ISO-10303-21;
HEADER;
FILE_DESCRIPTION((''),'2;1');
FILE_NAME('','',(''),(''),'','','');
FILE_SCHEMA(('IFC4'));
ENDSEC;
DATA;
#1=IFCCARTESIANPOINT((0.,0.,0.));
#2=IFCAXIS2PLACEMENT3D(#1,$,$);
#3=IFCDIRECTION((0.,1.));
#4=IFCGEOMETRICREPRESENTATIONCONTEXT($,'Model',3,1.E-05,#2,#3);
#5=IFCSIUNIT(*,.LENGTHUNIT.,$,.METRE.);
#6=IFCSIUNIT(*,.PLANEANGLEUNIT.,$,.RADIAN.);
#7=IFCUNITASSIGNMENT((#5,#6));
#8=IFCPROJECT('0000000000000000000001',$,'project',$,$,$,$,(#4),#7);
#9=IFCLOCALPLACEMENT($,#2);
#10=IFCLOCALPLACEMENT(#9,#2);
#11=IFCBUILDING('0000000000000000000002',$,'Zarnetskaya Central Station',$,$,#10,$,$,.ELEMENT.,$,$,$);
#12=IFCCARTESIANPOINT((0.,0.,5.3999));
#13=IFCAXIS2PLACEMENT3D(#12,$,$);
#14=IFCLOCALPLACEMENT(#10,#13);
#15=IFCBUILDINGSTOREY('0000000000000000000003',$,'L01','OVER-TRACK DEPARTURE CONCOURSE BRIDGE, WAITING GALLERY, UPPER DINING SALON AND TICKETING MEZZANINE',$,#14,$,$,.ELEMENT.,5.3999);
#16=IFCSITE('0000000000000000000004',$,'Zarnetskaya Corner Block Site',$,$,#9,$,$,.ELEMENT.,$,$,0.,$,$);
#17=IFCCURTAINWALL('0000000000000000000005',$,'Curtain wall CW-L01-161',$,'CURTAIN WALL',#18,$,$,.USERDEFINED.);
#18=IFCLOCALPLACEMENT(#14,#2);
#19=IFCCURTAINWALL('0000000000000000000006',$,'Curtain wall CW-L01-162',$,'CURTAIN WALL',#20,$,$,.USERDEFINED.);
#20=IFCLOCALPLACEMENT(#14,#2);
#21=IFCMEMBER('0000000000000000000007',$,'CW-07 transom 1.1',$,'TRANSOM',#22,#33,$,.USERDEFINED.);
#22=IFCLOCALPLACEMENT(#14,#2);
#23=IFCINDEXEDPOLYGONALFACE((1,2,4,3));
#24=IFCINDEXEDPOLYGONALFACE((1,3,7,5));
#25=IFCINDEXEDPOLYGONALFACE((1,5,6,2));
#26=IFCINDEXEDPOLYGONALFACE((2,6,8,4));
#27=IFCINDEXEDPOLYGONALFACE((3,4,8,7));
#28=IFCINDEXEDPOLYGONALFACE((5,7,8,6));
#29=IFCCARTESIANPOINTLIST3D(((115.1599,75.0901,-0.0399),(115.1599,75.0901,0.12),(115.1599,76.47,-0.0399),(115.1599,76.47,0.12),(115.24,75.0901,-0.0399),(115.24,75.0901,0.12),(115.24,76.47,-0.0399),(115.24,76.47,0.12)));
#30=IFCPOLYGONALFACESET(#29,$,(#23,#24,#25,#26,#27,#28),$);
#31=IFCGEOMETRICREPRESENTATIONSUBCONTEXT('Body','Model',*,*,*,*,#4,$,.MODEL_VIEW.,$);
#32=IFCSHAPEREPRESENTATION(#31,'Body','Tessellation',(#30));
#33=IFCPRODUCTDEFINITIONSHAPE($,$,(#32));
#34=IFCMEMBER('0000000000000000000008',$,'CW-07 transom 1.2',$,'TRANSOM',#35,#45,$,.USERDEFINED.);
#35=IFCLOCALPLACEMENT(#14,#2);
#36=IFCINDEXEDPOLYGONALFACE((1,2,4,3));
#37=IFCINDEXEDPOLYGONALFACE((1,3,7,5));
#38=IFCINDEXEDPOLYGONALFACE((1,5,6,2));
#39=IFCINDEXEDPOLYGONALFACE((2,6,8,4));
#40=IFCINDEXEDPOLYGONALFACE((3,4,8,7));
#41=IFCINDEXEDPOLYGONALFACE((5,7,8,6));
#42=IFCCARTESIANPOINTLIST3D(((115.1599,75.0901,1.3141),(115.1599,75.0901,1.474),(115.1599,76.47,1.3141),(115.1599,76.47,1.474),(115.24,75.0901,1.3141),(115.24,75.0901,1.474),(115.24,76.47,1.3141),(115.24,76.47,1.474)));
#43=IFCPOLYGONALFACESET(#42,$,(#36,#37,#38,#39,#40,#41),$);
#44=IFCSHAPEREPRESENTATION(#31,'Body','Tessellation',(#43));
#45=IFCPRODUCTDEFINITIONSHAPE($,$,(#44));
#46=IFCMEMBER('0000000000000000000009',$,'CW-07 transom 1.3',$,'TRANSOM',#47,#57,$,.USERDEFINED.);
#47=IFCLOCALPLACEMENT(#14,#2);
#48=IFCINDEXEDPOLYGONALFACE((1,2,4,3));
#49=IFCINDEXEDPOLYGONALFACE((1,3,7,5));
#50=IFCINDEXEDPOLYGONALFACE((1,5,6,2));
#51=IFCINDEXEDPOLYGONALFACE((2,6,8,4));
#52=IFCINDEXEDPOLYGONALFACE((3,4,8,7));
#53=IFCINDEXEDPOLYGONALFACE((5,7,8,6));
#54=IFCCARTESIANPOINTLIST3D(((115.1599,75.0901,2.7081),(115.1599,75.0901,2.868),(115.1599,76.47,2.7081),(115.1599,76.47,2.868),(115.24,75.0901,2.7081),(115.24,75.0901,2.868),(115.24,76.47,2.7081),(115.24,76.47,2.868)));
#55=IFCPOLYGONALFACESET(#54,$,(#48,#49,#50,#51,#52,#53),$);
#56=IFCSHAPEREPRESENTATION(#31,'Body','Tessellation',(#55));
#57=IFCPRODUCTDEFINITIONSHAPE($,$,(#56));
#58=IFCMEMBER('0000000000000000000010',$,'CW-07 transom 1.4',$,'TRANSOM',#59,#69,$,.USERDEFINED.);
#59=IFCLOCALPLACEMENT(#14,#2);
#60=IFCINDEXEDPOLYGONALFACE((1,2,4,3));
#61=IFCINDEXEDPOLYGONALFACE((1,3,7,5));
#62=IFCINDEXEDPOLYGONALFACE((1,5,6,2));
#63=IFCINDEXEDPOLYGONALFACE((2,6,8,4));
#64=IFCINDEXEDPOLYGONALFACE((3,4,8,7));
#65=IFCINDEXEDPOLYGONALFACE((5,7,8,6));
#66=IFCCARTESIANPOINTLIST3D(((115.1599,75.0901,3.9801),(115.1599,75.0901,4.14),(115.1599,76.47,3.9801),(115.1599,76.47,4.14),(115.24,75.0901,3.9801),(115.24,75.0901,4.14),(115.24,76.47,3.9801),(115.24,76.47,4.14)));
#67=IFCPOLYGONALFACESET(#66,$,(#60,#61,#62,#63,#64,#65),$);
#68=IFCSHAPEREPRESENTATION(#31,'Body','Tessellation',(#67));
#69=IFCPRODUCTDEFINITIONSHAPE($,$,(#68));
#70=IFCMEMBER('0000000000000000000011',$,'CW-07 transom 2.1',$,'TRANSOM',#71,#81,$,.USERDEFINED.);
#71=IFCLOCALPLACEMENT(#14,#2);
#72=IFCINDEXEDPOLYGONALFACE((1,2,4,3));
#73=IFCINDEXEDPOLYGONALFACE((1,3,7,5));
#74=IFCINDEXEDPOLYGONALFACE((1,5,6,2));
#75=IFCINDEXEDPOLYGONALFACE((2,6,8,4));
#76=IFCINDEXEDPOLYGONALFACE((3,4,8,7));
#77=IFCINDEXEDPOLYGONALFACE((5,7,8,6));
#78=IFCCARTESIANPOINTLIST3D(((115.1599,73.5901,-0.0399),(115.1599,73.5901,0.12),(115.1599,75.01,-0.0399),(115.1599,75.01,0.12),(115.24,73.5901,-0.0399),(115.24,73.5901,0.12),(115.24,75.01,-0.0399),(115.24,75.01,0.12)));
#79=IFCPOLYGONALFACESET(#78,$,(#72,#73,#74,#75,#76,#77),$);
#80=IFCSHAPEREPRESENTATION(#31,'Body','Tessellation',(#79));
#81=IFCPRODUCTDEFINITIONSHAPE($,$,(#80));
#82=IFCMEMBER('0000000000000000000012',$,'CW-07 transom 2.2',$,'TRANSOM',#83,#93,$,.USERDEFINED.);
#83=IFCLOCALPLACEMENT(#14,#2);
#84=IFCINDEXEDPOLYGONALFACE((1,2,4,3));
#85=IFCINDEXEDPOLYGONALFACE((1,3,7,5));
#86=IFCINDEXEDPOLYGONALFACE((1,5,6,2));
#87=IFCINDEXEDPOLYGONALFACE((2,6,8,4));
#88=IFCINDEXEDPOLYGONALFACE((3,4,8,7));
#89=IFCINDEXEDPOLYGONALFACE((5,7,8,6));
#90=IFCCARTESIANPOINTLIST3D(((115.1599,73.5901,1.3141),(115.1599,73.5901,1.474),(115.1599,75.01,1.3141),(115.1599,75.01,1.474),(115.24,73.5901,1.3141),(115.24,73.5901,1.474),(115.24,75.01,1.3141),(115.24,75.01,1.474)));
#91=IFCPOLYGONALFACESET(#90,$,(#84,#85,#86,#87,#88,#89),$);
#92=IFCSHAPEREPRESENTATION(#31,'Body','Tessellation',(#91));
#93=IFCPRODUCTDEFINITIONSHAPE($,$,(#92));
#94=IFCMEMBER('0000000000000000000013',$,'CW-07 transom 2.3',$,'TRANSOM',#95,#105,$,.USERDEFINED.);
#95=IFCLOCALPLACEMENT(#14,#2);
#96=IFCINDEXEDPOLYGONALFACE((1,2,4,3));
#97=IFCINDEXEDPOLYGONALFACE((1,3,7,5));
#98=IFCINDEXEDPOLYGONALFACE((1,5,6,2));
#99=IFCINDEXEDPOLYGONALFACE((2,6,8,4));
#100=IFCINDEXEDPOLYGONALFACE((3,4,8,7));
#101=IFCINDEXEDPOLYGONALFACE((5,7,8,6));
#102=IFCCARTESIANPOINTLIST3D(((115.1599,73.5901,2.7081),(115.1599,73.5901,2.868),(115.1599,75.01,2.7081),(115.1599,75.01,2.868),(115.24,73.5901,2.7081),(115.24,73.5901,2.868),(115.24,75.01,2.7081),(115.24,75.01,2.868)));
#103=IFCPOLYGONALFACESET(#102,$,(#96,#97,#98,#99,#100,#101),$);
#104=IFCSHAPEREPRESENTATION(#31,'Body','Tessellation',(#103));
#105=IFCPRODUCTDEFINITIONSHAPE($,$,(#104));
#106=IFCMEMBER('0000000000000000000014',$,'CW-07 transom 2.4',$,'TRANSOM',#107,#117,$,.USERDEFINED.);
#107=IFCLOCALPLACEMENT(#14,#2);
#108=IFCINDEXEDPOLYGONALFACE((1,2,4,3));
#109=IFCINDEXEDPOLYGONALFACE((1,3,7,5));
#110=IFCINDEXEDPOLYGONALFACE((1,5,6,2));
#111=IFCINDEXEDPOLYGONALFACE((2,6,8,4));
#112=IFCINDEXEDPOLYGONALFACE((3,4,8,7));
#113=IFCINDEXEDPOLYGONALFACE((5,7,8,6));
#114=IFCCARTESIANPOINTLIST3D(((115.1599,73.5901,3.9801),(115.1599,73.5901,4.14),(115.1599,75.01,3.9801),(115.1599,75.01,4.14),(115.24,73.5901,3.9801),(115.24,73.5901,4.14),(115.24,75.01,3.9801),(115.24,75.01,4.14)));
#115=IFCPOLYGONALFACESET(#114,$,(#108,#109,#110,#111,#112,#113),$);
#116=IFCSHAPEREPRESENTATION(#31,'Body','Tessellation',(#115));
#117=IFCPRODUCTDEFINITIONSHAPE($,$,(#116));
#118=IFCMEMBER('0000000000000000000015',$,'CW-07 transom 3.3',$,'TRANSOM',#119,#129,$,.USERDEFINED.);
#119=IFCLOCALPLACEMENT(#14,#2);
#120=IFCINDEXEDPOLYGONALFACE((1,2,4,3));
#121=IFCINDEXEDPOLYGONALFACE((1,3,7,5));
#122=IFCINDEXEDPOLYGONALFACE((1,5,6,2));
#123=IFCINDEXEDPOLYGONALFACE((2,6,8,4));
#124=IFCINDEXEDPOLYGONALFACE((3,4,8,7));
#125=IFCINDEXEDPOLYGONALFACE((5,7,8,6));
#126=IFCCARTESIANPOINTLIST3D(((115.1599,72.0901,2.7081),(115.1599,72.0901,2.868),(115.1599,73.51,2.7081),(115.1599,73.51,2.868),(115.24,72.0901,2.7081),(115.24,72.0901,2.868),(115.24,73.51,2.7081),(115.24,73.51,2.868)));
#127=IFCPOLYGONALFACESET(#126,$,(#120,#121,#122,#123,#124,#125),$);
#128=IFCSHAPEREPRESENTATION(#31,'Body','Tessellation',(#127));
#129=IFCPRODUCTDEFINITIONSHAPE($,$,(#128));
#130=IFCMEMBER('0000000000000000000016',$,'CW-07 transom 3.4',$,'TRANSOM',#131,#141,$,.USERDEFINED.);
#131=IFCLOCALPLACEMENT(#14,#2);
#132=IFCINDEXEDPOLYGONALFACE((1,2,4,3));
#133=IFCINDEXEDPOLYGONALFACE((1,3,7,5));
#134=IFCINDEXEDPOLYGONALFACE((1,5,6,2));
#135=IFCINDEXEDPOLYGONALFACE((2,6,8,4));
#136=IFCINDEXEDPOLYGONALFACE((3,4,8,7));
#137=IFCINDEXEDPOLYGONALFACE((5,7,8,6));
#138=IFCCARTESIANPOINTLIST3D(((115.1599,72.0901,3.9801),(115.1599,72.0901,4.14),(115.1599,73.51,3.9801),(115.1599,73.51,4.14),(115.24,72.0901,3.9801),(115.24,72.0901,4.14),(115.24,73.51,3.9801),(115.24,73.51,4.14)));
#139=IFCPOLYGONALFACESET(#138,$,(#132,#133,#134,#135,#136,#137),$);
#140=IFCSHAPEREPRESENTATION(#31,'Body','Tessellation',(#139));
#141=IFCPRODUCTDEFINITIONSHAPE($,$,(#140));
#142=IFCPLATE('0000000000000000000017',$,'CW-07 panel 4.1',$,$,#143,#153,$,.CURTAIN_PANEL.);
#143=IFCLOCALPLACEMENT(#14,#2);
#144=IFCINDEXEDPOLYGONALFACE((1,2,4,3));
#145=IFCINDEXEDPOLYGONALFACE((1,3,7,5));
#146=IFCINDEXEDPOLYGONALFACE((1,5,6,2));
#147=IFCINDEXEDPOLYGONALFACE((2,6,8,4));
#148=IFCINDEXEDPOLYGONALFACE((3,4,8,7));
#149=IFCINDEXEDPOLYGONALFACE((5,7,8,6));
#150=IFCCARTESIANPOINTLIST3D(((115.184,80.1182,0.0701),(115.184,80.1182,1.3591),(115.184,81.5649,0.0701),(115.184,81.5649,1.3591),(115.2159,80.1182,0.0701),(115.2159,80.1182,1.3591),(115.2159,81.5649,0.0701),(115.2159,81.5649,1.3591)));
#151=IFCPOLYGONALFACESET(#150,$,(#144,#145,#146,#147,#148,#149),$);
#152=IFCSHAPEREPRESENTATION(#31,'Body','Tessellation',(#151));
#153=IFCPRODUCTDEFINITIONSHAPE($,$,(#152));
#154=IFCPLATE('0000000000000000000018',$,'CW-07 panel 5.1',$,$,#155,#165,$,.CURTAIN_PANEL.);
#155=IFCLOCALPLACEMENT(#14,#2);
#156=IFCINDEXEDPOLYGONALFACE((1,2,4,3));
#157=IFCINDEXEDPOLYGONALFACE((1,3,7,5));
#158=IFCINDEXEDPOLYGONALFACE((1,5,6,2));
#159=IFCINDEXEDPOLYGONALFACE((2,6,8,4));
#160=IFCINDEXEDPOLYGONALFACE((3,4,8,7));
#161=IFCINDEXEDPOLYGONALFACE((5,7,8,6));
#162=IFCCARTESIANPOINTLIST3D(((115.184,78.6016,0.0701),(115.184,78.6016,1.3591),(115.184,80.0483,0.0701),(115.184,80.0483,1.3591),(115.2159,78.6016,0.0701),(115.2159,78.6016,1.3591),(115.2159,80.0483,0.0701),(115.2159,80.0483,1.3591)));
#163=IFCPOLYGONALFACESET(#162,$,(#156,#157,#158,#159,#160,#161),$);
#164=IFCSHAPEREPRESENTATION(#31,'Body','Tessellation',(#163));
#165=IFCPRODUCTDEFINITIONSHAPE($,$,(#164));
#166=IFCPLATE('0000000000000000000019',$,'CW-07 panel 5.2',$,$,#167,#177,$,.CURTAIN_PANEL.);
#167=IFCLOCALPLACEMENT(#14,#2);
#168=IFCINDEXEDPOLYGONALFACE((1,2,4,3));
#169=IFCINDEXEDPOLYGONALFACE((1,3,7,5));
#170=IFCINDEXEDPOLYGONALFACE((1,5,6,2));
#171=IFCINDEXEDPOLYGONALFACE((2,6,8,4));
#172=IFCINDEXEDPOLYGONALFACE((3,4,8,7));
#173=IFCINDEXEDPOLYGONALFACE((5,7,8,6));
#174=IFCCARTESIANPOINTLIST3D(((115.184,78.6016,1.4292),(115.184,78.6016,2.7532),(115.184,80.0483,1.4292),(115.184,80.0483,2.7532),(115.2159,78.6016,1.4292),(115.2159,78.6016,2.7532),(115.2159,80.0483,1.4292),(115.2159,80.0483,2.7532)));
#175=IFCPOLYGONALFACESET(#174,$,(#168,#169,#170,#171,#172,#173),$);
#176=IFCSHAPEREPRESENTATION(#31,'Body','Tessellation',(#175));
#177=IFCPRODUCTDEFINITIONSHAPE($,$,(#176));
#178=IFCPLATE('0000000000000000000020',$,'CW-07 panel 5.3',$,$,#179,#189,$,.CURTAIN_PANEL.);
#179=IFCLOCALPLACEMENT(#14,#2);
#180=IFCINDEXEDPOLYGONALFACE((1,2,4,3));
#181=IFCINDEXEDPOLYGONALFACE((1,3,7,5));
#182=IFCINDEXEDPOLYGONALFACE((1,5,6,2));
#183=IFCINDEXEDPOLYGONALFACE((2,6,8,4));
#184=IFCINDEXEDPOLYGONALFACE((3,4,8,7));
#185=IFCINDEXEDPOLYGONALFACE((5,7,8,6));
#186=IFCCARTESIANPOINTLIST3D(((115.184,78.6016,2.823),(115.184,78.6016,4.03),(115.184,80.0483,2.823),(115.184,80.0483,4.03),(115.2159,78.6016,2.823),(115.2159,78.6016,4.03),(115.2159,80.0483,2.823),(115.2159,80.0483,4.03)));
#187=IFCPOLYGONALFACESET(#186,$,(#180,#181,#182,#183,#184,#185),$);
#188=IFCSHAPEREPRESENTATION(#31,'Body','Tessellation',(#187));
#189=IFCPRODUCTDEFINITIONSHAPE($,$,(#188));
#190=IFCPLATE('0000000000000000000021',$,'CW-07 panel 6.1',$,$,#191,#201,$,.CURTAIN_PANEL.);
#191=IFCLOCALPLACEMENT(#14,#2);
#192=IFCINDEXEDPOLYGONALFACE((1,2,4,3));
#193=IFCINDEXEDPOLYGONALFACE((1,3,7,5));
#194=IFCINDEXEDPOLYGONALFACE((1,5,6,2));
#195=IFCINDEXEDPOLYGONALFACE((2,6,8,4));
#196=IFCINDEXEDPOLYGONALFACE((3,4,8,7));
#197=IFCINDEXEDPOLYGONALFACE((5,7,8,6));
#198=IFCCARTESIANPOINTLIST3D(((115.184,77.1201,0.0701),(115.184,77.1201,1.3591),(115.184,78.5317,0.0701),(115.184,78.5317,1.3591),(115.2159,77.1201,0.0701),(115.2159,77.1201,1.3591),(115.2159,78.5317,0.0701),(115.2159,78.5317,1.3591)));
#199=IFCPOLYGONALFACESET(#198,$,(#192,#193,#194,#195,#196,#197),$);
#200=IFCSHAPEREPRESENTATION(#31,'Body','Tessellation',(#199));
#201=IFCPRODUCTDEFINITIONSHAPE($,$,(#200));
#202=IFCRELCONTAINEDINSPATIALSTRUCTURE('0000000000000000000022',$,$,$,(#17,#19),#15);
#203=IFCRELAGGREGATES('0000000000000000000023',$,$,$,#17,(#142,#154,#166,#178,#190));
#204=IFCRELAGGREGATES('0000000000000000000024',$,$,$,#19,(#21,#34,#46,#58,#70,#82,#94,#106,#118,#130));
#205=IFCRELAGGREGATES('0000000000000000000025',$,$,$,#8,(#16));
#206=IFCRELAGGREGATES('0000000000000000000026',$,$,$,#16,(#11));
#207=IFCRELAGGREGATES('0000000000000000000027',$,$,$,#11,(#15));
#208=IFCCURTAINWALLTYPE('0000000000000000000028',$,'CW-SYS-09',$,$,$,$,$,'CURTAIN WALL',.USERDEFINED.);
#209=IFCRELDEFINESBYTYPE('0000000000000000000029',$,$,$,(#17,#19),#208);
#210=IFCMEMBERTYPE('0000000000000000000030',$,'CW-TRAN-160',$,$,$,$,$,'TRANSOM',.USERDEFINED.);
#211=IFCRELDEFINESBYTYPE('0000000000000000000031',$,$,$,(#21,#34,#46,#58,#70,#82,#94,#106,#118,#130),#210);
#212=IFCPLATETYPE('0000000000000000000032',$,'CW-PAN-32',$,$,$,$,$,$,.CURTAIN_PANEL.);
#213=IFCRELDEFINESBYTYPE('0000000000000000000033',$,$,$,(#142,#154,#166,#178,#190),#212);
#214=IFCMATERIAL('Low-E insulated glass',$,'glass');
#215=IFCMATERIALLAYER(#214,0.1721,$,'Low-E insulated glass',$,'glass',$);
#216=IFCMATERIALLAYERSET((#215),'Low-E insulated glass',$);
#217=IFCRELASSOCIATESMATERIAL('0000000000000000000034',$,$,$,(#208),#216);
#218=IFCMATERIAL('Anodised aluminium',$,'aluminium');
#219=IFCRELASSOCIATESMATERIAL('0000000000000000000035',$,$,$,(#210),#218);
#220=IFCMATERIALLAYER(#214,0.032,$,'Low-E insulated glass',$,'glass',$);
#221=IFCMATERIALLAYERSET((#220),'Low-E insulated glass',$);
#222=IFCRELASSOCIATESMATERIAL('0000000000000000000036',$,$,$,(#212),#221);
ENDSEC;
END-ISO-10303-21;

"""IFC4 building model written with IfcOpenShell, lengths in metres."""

from ifc_helpers import new_model, si_unit, direction, frame, origin, origin_2d, place, context, subcontext, project, spatial, rectangle, extrude, material, layer, layer_set, material_profile, profile_set, type_object, element, aggregate, save


model = new_model("IFC4")

# Units and contexts
model_context = context("Model", 3, precision=1e-05, world=origin(), true_north=direction((0.0, 1.0)))
body_context = subcontext(model_context, "Body", "Model", "MODEL_VIEW")
ifc_project = project(units=[si_unit("LENGTHUNIT", "METRE"), si_unit("PLANEANGLEUNIT", "RADIAN")], contexts=[model_context])

# Site, building, storey
site_placement = place(None, origin())
site = spatial("IfcSite", under=ifc_project, at=site_placement, Name="Zarnetskaya Corner Block Site", CompositionType="ELEMENT", RefElevation=0.0)
building_placement = place(site_placement, origin())
building = spatial("IfcBuilding", under=site, at=building_placement, Name="Zarnetskaya Central Station", CompositionType="ELEMENT")
storey_placement = place(building_placement, frame((0.0, 0.0, 5.3999)))
storey = spatial("IfcBuildingStorey", under=building, at=storey_placement, Name="L01", Description="OVER-TRACK DEPARTURE CONCOURSE BRIDGE, WAITING GALLERY, UPPER DINING SALON AND TICKETING MEZZANINE", CompositionType="ELEMENT", Elevation=5.3999)

# Curtain walls
ifc_material_1 = material(Name="Low-E insulated glass", Category="glass")
ifc_layer_1 = layer(ifc_material_1, 0.1721, Name="Low-E insulated glass", Category="glass")
ifc_layer_set_1 = layer_set([ifc_layer_1], Name="Low-E insulated glass")
curtain_wall_type = type_object("IfcCurtainWallType", Name="CW-SYS-09", ElementType="CURTAIN WALL", PredefinedType="USERDEFINED", material=ifc_layer_set_1)
curtain_wall_1_placement = place(storey_placement, origin())
curtain_wall_1 = element("IfcCurtainWall", 1, at=curtain_wall_1_placement, inside=storey, type_object=curtain_wall_type, Name="Curtain wall CW-L01-161", ObjectType="CURTAIN WALL", PredefinedType="USERDEFINED")
ifc_material_2 = material(Name="Anodised aluminium", Category="aluminium")
curtain_wall_2_placement = place(storey_placement, origin())
curtain_wall_2 = element("IfcCurtainWall", 2, at=curtain_wall_2_placement, inside=storey, type_object=curtain_wall_type, Name="Curtain wall CW-L01-162", ObjectType="CURTAIN WALL", PredefinedType="USERDEFINED")

# Members
ifc_material_profile_1 = material_profile(ifc_material_2, rectangle(XDim=0.0801, YDim=0.1599, at=origin_2d()), Name="ALU TRAN 80x160")
ifc_profile_set_1 = profile_set([ifc_material_profile_1], Name="Anodised aluminium")
member_type_1 = type_object("IfcMemberType", Name="CW-TRAN-160", ElementType="TRANSOM", PredefinedType="USERDEFINED", material=ifc_profile_set_1)
member_1_placement = place(storey_placement, frame((115.2, 76.47, 0.04), z_axis=(0.0, -1.0, 0.0), x_axis=(1.0, 0.0, 0.0)))
member_1 = element("IfcMember", 3, at=member_1_placement, type_object=member_type_1, Name="CW-07 transom 1.1", ObjectType="TRANSOM", PredefinedType="USERDEFINED", context=body_context, shape_type="SweptSolid", body=[
    extrude(rectangle(XDim=0.0801, YDim=0.1599, at=origin_2d()), origin(), (0.0, 0.0, 1.0), 1.3799),
])
member_2_placement = place(storey_placement, frame((115.2, 76.47, 1.394), z_axis=(0.0, -1.0, 0.0), x_axis=(1.0, 0.0, 0.0)))
member_2 = element("IfcMember", 4, at=member_2_placement, type_object=member_type_1, Name="CW-07 transom 1.2", ObjectType="TRANSOM", PredefinedType="USERDEFINED", context=body_context, shape_type="SweptSolid", body=[
    extrude(rectangle(XDim=0.0801, YDim=0.1599, at=origin_2d()), origin(), (0.0, 0.0, 1.0), 1.3799),
])
member_3_placement = place(storey_placement, frame((115.2, 76.47, 2.7881), z_axis=(0.0, -1.0, 0.0), x_axis=(1.0, 0.0, 0.0)))
member_3 = element("IfcMember", 5, at=member_3_placement, type_object=member_type_1, Name="CW-07 transom 1.3", ObjectType="TRANSOM", PredefinedType="USERDEFINED", context=body_context, shape_type="SweptSolid", body=[
    extrude(rectangle(XDim=0.0801, YDim=0.1599, at=origin_2d()), origin(), (0.0, 0.0, 1.0), 1.3799),
])
member_4_placement = place(storey_placement, frame((115.2, 76.47, 4.0601), z_axis=(0.0, -1.0, 0.0), x_axis=(1.0, 0.0, 0.0)))
member_4 = element("IfcMember", 6, at=member_4_placement, type_object=member_type_1, Name="CW-07 transom 1.4", ObjectType="TRANSOM", PredefinedType="USERDEFINED", context=body_context, shape_type="SweptSolid", body=[
    extrude(rectangle(XDim=0.0801, YDim=0.1599, at=origin_2d()), origin(), (0.0, 0.0, 1.0), 1.3799),
])
member_5_placement = place(storey_placement, frame((115.2, 75.01, 0.04), z_axis=(0.0, -1.0, 0.0), x_axis=(1.0, 0.0, 0.0)))
member_5 = element("IfcMember", 7, at=member_5_placement, type_object=member_type_1, Name="CW-07 transom 2.1", ObjectType="TRANSOM", PredefinedType="USERDEFINED", context=body_context, shape_type="SweptSolid", body=[
    extrude(rectangle(XDim=0.0801, YDim=0.1599, at=origin_2d()), origin(), (0.0, 0.0, 1.0), 1.4199),
])
member_6_placement = place(storey_placement, frame((115.2, 75.01, 1.394), z_axis=(0.0, -1.0, 0.0), x_axis=(1.0, 0.0, 0.0)))
member_6 = element("IfcMember", 8, at=member_6_placement, type_object=member_type_1, Name="CW-07 transom 2.2", ObjectType="TRANSOM", PredefinedType="USERDEFINED", context=body_context, shape_type="SweptSolid", body=[
    extrude(rectangle(XDim=0.0801, YDim=0.1599, at=origin_2d()), origin(), (0.0, 0.0, 1.0), 1.4199),
])
member_7_placement = place(storey_placement, frame((115.2, 75.01, 2.7881), z_axis=(0.0, -1.0, 0.0), x_axis=(1.0, 0.0, 0.0)))
member_7 = element("IfcMember", 9, at=member_7_placement, type_object=member_type_1, Name="CW-07 transom 2.3", ObjectType="TRANSOM", PredefinedType="USERDEFINED", context=body_context, shape_type="SweptSolid", body=[
    extrude(rectangle(XDim=0.0801, YDim=0.1599, at=origin_2d()), origin(), (0.0, 0.0, 1.0), 1.4199),
])
member_8_placement = place(storey_placement, frame((115.2, 75.01, 4.0601), z_axis=(0.0, -1.0, 0.0), x_axis=(1.0, 0.0, 0.0)))
member_8 = element("IfcMember", 10, at=member_8_placement, type_object=member_type_1, Name="CW-07 transom 2.4", ObjectType="TRANSOM", PredefinedType="USERDEFINED", context=body_context, shape_type="SweptSolid", body=[
    extrude(rectangle(XDim=0.0801, YDim=0.1599, at=origin_2d()), origin(), (0.0, 0.0, 1.0), 1.4199),
])
member_9_placement = place(storey_placement, frame((115.2, 73.51, 2.7881), z_axis=(0.0, -1.0, 0.0), x_axis=(1.0, 0.0, 0.0)))
member_9 = element("IfcMember", 11, at=member_9_placement, type_object=member_type_1, Name="CW-07 transom 3.3", ObjectType="TRANSOM", PredefinedType="USERDEFINED", context=body_context, shape_type="SweptSolid", body=[
    extrude(rectangle(XDim=0.0801, YDim=0.1599, at=origin_2d()), origin(), (0.0, 0.0, 1.0), 1.4199),
])
member_10_placement = place(storey_placement, frame((115.2, 73.51, 4.0601), z_axis=(0.0, -1.0, 0.0), x_axis=(1.0, 0.0, 0.0)))
member_10 = element("IfcMember", 12, at=member_10_placement, type_object=member_type_1, Name="CW-07 transom 3.4", ObjectType="TRANSOM", PredefinedType="USERDEFINED", context=body_context, shape_type="SweptSolid", body=[
    extrude(rectangle(XDim=0.0801, YDim=0.1599, at=origin_2d()), origin(), (0.0, 0.0, 1.0), 1.4199),
])

# Plates
ifc_layer_2 = layer(ifc_material_1, 0.032, Name="Low-E insulated glass", Category="glass")
ifc_layer_set_2 = layer_set([ifc_layer_2], Name="Low-E insulated glass")
plate_type_1 = type_object("IfcPlateType", Name="CW-PAN-32", PredefinedType="CURTAIN_PANEL", material=ifc_layer_set_2)
plate_1_placement = place(storey_placement, frame((115.2, 80.8416, 0.0701), z_axis=(0.0, 0.0, 1.0), x_axis=(0.0, -1.0, 0.0)))
plate_1 = element("IfcPlate", 13, at=plate_1_placement, type_object=plate_type_1, Name="CW-07 panel 4.1", PredefinedType="CURTAIN_PANEL", context=body_context, shape_type="SweptSolid", body=[
    extrude(rectangle(XDim=1.4468, YDim=0.032, at=origin_2d()), origin(), (0.0, 0.0, 1.0), 1.2891),
])
plate_2_placement = place(storey_placement, frame((115.2, 79.325, 0.0701), z_axis=(0.0, 0.0, 1.0), x_axis=(0.0, -1.0, 0.0)))
plate_2 = element("IfcPlate", 14, at=plate_2_placement, type_object=plate_type_1, Name="CW-07 panel 5.1", PredefinedType="CURTAIN_PANEL", context=body_context, shape_type="SweptSolid", body=[
    extrude(rectangle(XDim=1.4468, YDim=0.032, at=origin_2d()), origin(), (0.0, 0.0, 1.0), 1.2891),
])
plate_3_placement = place(storey_placement, frame((115.2, 79.325, 1.4292), z_axis=(0.0, 0.0, 1.0), x_axis=(0.0, -1.0, 0.0)))
plate_3 = element("IfcPlate", 15, at=plate_3_placement, type_object=plate_type_1, Name="CW-07 panel 5.2", PredefinedType="CURTAIN_PANEL", context=body_context, shape_type="SweptSolid", body=[
    extrude(rectangle(XDim=1.4468, YDim=0.032, at=origin_2d()), origin(), (0.0, 0.0, 1.0), 1.324),
])
plate_4_placement = place(storey_placement, frame((115.2, 79.325, 2.823), z_axis=(0.0, 0.0, 1.0), x_axis=(0.0, -1.0, 0.0)))
plate_4 = element("IfcPlate", 16, at=plate_4_placement, type_object=plate_type_1, Name="CW-07 panel 5.3", PredefinedType="CURTAIN_PANEL", context=body_context, shape_type="SweptSolid", body=[
    extrude(rectangle(XDim=1.4468, YDim=0.032, at=origin_2d()), origin(), (0.0, 0.0, 1.0), 1.207),
])
plate_5_placement = place(storey_placement, frame((115.2, 77.8259, 0.0701), z_axis=(0.0, 0.0, 1.0), x_axis=(0.0, -1.0, 0.0)))
plate_5 = element("IfcPlate", 17, at=plate_5_placement, type_object=plate_type_1, Name="CW-07 panel 6.1", PredefinedType="CURTAIN_PANEL", context=body_context, shape_type="SweptSolid", body=[
    extrude(rectangle(XDim=1.4116, YDim=0.032, at=origin_2d()), origin(), (0.0, 0.0, 1.0), 1.2891),
])
aggregate(curtain_wall_1, [plate_1, plate_2, plate_3, plate_4, plate_5])
aggregate(curtain_wall_2, [member_1, member_2, member_3, member_4, member_5, member_6, member_7, member_8, member_9, member_10])

save(model, "model.ifc")
